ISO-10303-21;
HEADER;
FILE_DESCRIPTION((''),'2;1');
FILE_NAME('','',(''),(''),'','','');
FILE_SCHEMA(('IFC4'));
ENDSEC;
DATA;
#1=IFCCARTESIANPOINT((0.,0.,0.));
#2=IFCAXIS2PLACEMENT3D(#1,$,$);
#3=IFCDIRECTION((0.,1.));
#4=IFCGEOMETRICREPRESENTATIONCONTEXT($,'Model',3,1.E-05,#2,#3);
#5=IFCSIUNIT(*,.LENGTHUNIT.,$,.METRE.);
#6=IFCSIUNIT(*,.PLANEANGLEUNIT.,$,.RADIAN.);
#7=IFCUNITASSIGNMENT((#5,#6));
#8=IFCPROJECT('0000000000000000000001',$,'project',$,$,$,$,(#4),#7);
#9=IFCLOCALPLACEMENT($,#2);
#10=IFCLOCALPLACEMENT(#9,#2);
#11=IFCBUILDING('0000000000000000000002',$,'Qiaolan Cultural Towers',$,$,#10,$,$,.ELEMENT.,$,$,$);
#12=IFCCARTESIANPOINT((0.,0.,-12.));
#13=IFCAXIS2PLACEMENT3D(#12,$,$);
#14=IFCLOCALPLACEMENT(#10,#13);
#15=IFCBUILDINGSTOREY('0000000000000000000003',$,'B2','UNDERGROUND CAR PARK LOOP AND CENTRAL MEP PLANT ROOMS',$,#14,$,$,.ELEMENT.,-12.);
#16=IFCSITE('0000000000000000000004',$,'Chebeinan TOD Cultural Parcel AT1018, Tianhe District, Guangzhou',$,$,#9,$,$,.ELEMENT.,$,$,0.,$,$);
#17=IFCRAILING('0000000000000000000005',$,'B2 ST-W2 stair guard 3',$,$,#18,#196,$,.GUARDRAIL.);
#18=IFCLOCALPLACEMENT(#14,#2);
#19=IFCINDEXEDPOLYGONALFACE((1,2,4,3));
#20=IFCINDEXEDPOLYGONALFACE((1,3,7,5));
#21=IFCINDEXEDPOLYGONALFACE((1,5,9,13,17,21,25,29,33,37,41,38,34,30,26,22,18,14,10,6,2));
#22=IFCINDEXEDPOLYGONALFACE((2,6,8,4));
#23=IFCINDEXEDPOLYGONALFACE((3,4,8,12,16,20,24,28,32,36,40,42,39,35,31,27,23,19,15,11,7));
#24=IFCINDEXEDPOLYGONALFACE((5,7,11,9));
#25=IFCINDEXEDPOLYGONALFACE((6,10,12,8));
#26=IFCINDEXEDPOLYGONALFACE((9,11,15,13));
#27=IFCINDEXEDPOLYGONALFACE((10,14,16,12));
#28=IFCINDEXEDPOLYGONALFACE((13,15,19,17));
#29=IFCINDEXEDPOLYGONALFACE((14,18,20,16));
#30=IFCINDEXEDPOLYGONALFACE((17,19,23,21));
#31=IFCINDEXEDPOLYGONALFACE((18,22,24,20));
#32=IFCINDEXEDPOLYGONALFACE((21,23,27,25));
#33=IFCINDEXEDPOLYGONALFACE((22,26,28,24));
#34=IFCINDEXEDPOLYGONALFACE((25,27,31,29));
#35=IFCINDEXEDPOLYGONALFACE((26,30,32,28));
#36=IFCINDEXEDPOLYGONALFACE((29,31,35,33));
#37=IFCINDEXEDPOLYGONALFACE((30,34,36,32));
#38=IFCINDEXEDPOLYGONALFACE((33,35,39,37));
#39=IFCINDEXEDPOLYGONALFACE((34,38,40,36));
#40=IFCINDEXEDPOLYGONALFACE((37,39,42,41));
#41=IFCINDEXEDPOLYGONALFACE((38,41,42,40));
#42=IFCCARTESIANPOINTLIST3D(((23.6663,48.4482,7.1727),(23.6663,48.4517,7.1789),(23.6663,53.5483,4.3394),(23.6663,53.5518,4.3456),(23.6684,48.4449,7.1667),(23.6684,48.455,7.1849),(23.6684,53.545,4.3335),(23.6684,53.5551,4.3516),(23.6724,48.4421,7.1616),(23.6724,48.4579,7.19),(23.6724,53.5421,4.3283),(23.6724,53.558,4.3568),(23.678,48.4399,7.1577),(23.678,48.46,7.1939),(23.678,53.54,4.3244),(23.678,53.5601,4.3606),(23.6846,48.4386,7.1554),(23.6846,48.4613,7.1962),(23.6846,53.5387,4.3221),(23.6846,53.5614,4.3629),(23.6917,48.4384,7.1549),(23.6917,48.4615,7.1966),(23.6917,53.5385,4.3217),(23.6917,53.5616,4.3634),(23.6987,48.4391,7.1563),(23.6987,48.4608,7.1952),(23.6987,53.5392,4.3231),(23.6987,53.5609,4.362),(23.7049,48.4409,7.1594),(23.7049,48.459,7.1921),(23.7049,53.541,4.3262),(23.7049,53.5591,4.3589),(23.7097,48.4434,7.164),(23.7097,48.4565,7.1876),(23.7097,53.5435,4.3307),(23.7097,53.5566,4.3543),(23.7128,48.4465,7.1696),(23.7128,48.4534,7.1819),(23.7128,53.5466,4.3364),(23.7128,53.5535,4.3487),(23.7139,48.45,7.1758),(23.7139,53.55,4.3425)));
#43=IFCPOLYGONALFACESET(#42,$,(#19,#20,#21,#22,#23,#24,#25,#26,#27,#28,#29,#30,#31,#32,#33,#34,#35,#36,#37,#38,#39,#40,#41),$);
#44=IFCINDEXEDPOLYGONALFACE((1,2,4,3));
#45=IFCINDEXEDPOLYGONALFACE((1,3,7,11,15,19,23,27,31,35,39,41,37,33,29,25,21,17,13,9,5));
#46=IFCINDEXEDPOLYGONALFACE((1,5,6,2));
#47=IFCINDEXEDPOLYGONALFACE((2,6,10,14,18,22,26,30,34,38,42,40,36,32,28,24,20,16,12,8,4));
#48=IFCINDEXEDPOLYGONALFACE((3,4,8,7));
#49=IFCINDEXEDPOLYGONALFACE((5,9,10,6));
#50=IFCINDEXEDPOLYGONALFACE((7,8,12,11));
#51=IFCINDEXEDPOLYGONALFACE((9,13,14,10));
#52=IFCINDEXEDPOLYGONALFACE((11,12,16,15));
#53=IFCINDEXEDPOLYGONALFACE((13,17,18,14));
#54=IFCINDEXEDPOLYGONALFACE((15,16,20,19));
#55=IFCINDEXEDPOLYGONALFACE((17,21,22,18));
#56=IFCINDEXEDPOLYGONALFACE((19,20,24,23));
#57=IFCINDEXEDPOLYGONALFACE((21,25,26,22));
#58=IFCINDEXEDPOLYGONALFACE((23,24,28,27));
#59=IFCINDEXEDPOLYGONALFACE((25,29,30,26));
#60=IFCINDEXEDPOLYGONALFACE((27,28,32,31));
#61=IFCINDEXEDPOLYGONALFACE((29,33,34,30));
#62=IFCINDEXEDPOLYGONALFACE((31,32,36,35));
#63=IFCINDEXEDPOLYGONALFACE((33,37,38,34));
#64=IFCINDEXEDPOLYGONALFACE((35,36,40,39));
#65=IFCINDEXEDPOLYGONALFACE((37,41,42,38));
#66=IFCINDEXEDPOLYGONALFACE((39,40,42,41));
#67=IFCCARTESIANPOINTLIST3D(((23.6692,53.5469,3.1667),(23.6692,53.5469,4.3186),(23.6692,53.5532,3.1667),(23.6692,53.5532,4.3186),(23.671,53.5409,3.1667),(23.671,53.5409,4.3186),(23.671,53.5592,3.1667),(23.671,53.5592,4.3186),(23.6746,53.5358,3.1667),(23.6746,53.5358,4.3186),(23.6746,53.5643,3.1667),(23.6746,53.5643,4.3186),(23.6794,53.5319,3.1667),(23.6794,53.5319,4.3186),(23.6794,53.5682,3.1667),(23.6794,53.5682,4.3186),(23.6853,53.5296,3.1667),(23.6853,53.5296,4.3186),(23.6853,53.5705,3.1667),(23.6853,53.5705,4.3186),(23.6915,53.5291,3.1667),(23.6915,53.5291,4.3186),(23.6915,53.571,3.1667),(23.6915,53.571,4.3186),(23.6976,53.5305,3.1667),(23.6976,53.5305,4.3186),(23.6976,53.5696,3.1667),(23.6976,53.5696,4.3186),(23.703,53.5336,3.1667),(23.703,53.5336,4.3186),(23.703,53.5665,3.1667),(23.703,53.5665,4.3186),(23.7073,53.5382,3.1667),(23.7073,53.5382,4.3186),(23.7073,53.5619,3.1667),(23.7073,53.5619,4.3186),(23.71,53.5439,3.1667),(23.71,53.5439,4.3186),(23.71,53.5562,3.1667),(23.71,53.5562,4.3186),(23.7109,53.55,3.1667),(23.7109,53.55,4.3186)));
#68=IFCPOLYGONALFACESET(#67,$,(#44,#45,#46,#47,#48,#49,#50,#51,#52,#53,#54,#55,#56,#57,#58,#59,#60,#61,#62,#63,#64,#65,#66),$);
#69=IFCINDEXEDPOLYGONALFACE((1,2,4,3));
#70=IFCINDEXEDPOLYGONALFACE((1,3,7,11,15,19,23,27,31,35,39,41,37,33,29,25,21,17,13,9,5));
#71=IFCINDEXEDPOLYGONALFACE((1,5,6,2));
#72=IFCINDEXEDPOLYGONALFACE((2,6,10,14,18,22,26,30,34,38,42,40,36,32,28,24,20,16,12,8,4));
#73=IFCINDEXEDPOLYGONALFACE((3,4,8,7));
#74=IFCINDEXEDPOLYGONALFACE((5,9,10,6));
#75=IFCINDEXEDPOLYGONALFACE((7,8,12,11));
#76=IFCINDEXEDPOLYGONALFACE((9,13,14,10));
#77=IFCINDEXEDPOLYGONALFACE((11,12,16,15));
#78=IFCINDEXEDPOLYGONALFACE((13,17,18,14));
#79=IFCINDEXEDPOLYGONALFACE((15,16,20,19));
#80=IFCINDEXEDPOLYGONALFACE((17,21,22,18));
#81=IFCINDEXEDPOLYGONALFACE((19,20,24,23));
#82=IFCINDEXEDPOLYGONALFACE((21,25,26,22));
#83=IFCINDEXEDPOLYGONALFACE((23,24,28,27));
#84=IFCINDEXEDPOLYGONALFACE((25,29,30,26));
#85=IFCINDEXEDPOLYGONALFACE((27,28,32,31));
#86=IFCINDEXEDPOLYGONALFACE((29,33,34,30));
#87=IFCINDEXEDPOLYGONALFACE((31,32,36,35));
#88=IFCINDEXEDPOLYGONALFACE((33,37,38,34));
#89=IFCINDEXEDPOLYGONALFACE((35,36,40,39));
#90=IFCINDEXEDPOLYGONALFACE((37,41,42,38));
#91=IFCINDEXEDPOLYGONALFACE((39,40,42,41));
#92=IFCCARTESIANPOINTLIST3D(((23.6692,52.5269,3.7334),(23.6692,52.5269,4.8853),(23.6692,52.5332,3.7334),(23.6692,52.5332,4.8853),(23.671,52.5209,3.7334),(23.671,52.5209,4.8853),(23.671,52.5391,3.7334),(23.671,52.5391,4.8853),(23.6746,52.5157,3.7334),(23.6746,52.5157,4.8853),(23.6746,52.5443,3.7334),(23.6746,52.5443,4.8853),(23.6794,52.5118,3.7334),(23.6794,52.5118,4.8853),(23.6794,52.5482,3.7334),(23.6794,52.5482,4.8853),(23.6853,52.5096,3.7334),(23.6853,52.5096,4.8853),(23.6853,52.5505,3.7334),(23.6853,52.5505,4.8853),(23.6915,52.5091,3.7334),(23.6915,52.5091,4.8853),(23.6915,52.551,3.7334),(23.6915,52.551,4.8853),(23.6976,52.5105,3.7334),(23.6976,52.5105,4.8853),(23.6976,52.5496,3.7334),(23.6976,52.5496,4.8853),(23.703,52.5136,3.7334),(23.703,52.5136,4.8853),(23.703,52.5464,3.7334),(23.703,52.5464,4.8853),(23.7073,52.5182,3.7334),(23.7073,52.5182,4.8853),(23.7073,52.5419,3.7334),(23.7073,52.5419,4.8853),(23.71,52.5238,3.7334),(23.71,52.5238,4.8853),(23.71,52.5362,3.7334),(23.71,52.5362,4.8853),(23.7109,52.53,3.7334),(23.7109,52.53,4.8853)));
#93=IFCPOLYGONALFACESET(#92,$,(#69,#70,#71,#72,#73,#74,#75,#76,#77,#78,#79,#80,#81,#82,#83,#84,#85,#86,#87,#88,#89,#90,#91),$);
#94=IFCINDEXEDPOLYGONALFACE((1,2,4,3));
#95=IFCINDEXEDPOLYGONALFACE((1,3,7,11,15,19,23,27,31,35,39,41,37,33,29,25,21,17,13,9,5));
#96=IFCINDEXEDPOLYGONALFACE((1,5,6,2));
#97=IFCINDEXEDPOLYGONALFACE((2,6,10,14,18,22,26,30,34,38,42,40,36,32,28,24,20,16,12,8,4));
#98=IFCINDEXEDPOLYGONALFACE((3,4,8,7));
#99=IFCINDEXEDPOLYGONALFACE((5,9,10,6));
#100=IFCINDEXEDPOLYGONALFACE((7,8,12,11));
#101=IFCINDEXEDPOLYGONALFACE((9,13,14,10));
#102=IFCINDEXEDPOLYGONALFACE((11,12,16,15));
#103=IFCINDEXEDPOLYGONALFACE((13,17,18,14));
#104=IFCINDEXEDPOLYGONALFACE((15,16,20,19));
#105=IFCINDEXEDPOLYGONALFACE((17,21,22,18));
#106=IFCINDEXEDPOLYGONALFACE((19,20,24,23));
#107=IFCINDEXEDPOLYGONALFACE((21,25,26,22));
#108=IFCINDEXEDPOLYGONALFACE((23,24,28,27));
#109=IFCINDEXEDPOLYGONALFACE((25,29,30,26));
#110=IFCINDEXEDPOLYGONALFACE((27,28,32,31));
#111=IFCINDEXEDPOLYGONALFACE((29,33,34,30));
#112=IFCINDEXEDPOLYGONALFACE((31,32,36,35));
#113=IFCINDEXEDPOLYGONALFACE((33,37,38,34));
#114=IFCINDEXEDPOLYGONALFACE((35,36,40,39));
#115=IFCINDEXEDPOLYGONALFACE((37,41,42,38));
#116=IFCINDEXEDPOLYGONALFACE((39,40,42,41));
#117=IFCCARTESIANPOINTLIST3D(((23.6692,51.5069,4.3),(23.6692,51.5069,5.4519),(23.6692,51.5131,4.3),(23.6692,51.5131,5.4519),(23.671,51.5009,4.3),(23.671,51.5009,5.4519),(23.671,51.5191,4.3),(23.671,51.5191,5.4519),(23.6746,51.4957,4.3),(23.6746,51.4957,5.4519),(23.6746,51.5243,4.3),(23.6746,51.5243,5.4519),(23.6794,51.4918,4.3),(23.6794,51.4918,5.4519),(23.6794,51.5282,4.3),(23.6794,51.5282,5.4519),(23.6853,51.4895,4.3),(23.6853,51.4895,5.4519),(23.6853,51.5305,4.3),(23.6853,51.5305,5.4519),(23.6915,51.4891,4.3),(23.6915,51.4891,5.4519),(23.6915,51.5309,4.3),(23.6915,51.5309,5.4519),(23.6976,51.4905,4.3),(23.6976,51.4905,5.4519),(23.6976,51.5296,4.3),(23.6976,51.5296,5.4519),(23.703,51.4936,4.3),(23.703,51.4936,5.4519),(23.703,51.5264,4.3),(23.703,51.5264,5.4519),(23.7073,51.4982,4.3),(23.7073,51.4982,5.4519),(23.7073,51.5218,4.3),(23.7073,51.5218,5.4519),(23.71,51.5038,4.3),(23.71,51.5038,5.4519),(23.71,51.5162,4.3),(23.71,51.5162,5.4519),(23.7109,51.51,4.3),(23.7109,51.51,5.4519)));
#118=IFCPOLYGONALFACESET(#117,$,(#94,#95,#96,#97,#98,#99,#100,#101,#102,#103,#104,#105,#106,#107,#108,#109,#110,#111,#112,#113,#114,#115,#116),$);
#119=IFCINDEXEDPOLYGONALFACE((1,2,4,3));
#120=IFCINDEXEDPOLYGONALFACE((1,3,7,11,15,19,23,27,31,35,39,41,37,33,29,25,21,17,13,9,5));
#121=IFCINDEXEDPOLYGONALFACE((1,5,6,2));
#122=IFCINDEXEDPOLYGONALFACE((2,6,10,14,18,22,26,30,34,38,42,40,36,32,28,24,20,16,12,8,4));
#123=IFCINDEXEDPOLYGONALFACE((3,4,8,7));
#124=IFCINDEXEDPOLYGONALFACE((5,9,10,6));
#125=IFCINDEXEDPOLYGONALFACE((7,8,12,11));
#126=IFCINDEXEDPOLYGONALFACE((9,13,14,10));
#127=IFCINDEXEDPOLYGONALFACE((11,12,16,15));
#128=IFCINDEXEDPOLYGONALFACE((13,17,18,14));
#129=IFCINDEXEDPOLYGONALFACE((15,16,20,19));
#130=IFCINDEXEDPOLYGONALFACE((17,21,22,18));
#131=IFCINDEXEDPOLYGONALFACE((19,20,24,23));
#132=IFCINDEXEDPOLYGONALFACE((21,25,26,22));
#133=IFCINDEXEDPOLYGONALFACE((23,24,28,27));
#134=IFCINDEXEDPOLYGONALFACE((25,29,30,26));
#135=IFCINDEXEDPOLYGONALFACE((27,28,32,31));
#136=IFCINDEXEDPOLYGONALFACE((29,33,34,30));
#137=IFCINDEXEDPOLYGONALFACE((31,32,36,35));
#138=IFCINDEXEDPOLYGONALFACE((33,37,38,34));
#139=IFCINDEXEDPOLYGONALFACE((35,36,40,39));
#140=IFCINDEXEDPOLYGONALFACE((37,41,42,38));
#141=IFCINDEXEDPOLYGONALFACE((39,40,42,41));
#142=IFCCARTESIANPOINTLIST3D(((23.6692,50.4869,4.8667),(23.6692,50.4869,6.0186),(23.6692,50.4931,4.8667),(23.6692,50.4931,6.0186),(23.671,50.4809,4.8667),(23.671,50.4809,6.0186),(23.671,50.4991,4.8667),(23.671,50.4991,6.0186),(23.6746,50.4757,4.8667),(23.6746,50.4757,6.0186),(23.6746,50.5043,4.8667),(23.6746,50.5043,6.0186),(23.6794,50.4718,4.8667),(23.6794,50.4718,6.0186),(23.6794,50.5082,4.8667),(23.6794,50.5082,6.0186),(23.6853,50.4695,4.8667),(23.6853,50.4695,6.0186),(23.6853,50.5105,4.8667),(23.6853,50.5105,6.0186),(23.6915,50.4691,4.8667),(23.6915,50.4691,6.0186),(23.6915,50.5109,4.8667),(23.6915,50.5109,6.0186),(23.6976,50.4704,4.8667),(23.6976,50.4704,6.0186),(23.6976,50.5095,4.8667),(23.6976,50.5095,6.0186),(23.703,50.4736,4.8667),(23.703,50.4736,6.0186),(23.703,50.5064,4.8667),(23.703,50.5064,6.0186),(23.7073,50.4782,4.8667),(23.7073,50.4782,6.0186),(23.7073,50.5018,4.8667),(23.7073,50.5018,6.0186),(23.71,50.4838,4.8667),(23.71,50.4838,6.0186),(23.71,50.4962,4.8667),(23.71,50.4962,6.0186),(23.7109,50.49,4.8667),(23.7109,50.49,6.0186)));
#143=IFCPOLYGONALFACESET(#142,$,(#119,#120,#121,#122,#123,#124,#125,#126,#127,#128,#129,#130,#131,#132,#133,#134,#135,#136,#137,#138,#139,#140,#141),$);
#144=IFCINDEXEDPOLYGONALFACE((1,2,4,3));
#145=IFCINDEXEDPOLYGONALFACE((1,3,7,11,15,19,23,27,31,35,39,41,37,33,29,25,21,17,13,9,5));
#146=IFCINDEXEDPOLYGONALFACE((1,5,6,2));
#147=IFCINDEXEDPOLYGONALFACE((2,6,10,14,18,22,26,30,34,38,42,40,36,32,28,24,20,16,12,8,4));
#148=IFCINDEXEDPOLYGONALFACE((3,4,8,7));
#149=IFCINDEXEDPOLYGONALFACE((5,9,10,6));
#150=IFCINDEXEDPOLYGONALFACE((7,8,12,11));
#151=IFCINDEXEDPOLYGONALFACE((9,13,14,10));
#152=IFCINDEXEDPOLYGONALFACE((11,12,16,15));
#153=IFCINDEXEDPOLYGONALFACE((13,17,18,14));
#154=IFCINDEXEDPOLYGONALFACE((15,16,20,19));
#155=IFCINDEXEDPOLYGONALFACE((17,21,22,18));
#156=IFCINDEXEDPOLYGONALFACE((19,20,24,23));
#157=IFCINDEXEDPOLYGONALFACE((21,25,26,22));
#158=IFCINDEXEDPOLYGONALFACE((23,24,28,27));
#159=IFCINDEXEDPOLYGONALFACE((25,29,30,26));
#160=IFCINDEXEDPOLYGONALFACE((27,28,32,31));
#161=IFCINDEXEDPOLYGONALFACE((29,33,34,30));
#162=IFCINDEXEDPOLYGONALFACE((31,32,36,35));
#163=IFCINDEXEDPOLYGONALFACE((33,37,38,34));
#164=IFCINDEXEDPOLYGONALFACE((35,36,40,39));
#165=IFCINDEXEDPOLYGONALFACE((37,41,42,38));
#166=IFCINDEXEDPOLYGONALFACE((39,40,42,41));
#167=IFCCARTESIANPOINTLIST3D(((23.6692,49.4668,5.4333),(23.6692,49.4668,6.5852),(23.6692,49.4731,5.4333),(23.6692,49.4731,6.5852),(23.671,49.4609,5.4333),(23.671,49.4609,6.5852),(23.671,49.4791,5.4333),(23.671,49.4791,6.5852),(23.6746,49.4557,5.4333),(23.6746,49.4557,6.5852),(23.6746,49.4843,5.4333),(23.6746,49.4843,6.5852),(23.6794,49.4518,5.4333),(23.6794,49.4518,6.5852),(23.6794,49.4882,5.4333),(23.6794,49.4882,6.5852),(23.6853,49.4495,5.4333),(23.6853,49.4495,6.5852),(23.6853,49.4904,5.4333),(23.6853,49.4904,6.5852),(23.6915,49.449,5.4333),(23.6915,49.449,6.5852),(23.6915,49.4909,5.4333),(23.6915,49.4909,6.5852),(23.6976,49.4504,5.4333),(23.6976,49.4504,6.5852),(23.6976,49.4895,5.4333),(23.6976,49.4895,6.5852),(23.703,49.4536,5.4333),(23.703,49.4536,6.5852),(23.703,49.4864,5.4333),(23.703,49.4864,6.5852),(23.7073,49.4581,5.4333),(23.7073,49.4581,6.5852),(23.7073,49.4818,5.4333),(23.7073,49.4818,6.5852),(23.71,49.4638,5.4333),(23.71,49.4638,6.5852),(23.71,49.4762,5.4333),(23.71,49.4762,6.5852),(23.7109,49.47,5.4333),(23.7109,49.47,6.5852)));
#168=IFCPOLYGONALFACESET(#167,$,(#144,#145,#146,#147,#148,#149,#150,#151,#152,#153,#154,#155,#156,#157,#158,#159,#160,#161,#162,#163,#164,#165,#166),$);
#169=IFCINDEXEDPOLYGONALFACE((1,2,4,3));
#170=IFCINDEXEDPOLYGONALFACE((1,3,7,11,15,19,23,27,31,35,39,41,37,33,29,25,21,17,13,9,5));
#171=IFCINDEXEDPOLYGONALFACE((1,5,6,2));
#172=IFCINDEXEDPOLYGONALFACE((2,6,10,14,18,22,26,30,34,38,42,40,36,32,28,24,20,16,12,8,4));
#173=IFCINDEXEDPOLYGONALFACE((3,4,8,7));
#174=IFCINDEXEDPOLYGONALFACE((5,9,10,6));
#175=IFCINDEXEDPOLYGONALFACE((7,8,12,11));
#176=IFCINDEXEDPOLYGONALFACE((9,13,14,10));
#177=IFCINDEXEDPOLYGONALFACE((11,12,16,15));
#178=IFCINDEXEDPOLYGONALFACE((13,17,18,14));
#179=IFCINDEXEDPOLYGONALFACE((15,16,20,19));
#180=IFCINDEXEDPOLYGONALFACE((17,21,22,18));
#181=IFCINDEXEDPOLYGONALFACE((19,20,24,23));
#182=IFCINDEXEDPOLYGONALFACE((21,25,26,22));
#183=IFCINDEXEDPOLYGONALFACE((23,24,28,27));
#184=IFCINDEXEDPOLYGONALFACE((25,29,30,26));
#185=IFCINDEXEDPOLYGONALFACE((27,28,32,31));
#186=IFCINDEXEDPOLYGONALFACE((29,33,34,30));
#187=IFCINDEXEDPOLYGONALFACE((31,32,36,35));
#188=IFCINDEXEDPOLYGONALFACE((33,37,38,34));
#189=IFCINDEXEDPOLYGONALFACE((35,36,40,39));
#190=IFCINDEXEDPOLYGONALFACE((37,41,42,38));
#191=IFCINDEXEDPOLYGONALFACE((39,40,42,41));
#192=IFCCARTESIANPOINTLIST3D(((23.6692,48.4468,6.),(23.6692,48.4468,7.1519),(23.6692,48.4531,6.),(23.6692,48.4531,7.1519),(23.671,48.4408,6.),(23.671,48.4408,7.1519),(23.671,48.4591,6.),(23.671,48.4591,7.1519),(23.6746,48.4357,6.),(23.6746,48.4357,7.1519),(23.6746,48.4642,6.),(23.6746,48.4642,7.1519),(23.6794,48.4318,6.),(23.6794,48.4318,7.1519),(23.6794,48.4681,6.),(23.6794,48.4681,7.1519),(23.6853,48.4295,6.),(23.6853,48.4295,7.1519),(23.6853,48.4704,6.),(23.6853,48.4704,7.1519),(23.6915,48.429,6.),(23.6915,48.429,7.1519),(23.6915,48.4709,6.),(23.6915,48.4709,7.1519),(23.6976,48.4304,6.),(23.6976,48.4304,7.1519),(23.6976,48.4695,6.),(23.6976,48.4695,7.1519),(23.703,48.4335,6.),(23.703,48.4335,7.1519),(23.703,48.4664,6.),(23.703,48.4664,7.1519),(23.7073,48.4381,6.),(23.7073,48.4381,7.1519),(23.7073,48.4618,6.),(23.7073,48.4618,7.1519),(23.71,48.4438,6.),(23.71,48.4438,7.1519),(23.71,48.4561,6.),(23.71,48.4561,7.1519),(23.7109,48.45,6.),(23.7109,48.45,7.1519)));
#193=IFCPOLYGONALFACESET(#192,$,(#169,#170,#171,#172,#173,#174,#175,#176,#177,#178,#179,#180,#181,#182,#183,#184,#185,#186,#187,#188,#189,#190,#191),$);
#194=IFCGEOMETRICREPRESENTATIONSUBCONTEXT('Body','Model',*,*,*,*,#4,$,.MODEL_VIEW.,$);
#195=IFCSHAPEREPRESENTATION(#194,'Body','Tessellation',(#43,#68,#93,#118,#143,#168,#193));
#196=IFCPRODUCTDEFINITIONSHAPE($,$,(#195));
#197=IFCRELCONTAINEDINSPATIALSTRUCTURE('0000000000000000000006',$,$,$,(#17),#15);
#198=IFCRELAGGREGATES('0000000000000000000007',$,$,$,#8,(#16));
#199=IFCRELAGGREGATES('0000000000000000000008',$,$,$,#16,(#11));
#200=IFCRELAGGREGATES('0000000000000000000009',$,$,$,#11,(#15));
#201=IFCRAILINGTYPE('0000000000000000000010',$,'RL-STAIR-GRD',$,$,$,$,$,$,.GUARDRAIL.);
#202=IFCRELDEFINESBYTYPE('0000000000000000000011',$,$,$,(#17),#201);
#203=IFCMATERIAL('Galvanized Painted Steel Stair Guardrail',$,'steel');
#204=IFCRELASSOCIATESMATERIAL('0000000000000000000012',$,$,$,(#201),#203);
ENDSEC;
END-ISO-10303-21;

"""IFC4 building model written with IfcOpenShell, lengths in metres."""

from ifc_helpers import new_model, si_unit, direction, frame, origin, origin_2d, place, context, subcontext, project, spatial, circle, extrude, material, type_object, element, save


model = new_model("IFC4")

# Units and contexts
model_context = context("Model", 3, precision=1e-05, world=origin(), true_north=direction((0.0, 1.0)))
body_context = subcontext(model_context, "Body", "Model", "MODEL_VIEW")
ifc_project = project(units=[si_unit("LENGTHUNIT", "METRE"), si_unit("PLANEANGLEUNIT", "RADIAN")], contexts=[model_context])

# Site, building, storey
site_placement = place(None, origin())
site = spatial("IfcSite", under=ifc_project, at=site_placement, Name="Chebeinan TOD Cultural Parcel AT1018, Tianhe District, Guangzhou", CompositionType="ELEMENT", RefElevation=0.0)
building_placement = place(site_placement, origin())
building = spatial("IfcBuilding", under=site, at=building_placement, Name="Qiaolan Cultural Towers", CompositionType="ELEMENT")
storey_placement = place(building_placement, frame((0.0, 0.0, -12.0)))
storey = spatial("IfcBuildingStorey", under=building, at=storey_placement, Name="B2", Description="UNDERGROUND CAR PARK LOOP AND CENTRAL MEP PLANT ROOMS", CompositionType="ELEMENT", Elevation=-12.0)

# Railing
ifc_material_1 = material(Name="Galvanized Painted Steel Stair Guardrail", Category="steel")
railing_type_1 = type_object("IfcRailingType", Name="RL-STAIR-GRD", PredefinedType="GUARDRAIL", material=ifc_material_1)
railing_1_placement = place(storey_placement, frame((23.6899, 53.55, 3.1667)))
element("IfcRailing", 1, at=railing_1_placement, inside=storey, type_object=railing_type_1, Name="B2 ST-W2 stair guard 3", PredefinedType="GUARDRAIL", context=body_context, shape_type="SweptSolid", body=[
    extrude(circle(Radius=0.0239, at=origin_2d()), frame((0.0, 0.0, 1.1758), z_axis=(0.0, -0.874167, 0.485625), x_axis=(1.0, 0.0, 0.0)), (0.0, 0.0, 1.0), 5.8342),
    extrude(circle(Radius=0.021, at=origin_2d()), origin(), (0.0, 0.0, 1.0), 1.1519),
    extrude(circle(Radius=0.021, at=origin_2d()), frame((0.0, -1.02, 0.5667)), (0.0, 0.0, 1.0), 1.1519),
    extrude(circle(Radius=0.021, at=origin_2d()), frame((0.0, -2.04, 1.1333)), (0.0, 0.0, 1.0), 1.1519),
    extrude(circle(Radius=0.021, at=origin_2d()), frame((0.0, -3.0601, 1.7)), (0.0, 0.0, 1.0), 1.1519),
    extrude(circle(Radius=0.021, at=origin_2d()), frame((0.0, -4.0801, 2.2666)), (0.0, 0.0, 1.0), 1.1519),
    extrude(circle(Radius=0.021, at=origin_2d()), frame((0.0, -5.1001, 2.8333)), (0.0, 0.0, 1.0), 1.1519),
])

save(model, "model.ifc")
